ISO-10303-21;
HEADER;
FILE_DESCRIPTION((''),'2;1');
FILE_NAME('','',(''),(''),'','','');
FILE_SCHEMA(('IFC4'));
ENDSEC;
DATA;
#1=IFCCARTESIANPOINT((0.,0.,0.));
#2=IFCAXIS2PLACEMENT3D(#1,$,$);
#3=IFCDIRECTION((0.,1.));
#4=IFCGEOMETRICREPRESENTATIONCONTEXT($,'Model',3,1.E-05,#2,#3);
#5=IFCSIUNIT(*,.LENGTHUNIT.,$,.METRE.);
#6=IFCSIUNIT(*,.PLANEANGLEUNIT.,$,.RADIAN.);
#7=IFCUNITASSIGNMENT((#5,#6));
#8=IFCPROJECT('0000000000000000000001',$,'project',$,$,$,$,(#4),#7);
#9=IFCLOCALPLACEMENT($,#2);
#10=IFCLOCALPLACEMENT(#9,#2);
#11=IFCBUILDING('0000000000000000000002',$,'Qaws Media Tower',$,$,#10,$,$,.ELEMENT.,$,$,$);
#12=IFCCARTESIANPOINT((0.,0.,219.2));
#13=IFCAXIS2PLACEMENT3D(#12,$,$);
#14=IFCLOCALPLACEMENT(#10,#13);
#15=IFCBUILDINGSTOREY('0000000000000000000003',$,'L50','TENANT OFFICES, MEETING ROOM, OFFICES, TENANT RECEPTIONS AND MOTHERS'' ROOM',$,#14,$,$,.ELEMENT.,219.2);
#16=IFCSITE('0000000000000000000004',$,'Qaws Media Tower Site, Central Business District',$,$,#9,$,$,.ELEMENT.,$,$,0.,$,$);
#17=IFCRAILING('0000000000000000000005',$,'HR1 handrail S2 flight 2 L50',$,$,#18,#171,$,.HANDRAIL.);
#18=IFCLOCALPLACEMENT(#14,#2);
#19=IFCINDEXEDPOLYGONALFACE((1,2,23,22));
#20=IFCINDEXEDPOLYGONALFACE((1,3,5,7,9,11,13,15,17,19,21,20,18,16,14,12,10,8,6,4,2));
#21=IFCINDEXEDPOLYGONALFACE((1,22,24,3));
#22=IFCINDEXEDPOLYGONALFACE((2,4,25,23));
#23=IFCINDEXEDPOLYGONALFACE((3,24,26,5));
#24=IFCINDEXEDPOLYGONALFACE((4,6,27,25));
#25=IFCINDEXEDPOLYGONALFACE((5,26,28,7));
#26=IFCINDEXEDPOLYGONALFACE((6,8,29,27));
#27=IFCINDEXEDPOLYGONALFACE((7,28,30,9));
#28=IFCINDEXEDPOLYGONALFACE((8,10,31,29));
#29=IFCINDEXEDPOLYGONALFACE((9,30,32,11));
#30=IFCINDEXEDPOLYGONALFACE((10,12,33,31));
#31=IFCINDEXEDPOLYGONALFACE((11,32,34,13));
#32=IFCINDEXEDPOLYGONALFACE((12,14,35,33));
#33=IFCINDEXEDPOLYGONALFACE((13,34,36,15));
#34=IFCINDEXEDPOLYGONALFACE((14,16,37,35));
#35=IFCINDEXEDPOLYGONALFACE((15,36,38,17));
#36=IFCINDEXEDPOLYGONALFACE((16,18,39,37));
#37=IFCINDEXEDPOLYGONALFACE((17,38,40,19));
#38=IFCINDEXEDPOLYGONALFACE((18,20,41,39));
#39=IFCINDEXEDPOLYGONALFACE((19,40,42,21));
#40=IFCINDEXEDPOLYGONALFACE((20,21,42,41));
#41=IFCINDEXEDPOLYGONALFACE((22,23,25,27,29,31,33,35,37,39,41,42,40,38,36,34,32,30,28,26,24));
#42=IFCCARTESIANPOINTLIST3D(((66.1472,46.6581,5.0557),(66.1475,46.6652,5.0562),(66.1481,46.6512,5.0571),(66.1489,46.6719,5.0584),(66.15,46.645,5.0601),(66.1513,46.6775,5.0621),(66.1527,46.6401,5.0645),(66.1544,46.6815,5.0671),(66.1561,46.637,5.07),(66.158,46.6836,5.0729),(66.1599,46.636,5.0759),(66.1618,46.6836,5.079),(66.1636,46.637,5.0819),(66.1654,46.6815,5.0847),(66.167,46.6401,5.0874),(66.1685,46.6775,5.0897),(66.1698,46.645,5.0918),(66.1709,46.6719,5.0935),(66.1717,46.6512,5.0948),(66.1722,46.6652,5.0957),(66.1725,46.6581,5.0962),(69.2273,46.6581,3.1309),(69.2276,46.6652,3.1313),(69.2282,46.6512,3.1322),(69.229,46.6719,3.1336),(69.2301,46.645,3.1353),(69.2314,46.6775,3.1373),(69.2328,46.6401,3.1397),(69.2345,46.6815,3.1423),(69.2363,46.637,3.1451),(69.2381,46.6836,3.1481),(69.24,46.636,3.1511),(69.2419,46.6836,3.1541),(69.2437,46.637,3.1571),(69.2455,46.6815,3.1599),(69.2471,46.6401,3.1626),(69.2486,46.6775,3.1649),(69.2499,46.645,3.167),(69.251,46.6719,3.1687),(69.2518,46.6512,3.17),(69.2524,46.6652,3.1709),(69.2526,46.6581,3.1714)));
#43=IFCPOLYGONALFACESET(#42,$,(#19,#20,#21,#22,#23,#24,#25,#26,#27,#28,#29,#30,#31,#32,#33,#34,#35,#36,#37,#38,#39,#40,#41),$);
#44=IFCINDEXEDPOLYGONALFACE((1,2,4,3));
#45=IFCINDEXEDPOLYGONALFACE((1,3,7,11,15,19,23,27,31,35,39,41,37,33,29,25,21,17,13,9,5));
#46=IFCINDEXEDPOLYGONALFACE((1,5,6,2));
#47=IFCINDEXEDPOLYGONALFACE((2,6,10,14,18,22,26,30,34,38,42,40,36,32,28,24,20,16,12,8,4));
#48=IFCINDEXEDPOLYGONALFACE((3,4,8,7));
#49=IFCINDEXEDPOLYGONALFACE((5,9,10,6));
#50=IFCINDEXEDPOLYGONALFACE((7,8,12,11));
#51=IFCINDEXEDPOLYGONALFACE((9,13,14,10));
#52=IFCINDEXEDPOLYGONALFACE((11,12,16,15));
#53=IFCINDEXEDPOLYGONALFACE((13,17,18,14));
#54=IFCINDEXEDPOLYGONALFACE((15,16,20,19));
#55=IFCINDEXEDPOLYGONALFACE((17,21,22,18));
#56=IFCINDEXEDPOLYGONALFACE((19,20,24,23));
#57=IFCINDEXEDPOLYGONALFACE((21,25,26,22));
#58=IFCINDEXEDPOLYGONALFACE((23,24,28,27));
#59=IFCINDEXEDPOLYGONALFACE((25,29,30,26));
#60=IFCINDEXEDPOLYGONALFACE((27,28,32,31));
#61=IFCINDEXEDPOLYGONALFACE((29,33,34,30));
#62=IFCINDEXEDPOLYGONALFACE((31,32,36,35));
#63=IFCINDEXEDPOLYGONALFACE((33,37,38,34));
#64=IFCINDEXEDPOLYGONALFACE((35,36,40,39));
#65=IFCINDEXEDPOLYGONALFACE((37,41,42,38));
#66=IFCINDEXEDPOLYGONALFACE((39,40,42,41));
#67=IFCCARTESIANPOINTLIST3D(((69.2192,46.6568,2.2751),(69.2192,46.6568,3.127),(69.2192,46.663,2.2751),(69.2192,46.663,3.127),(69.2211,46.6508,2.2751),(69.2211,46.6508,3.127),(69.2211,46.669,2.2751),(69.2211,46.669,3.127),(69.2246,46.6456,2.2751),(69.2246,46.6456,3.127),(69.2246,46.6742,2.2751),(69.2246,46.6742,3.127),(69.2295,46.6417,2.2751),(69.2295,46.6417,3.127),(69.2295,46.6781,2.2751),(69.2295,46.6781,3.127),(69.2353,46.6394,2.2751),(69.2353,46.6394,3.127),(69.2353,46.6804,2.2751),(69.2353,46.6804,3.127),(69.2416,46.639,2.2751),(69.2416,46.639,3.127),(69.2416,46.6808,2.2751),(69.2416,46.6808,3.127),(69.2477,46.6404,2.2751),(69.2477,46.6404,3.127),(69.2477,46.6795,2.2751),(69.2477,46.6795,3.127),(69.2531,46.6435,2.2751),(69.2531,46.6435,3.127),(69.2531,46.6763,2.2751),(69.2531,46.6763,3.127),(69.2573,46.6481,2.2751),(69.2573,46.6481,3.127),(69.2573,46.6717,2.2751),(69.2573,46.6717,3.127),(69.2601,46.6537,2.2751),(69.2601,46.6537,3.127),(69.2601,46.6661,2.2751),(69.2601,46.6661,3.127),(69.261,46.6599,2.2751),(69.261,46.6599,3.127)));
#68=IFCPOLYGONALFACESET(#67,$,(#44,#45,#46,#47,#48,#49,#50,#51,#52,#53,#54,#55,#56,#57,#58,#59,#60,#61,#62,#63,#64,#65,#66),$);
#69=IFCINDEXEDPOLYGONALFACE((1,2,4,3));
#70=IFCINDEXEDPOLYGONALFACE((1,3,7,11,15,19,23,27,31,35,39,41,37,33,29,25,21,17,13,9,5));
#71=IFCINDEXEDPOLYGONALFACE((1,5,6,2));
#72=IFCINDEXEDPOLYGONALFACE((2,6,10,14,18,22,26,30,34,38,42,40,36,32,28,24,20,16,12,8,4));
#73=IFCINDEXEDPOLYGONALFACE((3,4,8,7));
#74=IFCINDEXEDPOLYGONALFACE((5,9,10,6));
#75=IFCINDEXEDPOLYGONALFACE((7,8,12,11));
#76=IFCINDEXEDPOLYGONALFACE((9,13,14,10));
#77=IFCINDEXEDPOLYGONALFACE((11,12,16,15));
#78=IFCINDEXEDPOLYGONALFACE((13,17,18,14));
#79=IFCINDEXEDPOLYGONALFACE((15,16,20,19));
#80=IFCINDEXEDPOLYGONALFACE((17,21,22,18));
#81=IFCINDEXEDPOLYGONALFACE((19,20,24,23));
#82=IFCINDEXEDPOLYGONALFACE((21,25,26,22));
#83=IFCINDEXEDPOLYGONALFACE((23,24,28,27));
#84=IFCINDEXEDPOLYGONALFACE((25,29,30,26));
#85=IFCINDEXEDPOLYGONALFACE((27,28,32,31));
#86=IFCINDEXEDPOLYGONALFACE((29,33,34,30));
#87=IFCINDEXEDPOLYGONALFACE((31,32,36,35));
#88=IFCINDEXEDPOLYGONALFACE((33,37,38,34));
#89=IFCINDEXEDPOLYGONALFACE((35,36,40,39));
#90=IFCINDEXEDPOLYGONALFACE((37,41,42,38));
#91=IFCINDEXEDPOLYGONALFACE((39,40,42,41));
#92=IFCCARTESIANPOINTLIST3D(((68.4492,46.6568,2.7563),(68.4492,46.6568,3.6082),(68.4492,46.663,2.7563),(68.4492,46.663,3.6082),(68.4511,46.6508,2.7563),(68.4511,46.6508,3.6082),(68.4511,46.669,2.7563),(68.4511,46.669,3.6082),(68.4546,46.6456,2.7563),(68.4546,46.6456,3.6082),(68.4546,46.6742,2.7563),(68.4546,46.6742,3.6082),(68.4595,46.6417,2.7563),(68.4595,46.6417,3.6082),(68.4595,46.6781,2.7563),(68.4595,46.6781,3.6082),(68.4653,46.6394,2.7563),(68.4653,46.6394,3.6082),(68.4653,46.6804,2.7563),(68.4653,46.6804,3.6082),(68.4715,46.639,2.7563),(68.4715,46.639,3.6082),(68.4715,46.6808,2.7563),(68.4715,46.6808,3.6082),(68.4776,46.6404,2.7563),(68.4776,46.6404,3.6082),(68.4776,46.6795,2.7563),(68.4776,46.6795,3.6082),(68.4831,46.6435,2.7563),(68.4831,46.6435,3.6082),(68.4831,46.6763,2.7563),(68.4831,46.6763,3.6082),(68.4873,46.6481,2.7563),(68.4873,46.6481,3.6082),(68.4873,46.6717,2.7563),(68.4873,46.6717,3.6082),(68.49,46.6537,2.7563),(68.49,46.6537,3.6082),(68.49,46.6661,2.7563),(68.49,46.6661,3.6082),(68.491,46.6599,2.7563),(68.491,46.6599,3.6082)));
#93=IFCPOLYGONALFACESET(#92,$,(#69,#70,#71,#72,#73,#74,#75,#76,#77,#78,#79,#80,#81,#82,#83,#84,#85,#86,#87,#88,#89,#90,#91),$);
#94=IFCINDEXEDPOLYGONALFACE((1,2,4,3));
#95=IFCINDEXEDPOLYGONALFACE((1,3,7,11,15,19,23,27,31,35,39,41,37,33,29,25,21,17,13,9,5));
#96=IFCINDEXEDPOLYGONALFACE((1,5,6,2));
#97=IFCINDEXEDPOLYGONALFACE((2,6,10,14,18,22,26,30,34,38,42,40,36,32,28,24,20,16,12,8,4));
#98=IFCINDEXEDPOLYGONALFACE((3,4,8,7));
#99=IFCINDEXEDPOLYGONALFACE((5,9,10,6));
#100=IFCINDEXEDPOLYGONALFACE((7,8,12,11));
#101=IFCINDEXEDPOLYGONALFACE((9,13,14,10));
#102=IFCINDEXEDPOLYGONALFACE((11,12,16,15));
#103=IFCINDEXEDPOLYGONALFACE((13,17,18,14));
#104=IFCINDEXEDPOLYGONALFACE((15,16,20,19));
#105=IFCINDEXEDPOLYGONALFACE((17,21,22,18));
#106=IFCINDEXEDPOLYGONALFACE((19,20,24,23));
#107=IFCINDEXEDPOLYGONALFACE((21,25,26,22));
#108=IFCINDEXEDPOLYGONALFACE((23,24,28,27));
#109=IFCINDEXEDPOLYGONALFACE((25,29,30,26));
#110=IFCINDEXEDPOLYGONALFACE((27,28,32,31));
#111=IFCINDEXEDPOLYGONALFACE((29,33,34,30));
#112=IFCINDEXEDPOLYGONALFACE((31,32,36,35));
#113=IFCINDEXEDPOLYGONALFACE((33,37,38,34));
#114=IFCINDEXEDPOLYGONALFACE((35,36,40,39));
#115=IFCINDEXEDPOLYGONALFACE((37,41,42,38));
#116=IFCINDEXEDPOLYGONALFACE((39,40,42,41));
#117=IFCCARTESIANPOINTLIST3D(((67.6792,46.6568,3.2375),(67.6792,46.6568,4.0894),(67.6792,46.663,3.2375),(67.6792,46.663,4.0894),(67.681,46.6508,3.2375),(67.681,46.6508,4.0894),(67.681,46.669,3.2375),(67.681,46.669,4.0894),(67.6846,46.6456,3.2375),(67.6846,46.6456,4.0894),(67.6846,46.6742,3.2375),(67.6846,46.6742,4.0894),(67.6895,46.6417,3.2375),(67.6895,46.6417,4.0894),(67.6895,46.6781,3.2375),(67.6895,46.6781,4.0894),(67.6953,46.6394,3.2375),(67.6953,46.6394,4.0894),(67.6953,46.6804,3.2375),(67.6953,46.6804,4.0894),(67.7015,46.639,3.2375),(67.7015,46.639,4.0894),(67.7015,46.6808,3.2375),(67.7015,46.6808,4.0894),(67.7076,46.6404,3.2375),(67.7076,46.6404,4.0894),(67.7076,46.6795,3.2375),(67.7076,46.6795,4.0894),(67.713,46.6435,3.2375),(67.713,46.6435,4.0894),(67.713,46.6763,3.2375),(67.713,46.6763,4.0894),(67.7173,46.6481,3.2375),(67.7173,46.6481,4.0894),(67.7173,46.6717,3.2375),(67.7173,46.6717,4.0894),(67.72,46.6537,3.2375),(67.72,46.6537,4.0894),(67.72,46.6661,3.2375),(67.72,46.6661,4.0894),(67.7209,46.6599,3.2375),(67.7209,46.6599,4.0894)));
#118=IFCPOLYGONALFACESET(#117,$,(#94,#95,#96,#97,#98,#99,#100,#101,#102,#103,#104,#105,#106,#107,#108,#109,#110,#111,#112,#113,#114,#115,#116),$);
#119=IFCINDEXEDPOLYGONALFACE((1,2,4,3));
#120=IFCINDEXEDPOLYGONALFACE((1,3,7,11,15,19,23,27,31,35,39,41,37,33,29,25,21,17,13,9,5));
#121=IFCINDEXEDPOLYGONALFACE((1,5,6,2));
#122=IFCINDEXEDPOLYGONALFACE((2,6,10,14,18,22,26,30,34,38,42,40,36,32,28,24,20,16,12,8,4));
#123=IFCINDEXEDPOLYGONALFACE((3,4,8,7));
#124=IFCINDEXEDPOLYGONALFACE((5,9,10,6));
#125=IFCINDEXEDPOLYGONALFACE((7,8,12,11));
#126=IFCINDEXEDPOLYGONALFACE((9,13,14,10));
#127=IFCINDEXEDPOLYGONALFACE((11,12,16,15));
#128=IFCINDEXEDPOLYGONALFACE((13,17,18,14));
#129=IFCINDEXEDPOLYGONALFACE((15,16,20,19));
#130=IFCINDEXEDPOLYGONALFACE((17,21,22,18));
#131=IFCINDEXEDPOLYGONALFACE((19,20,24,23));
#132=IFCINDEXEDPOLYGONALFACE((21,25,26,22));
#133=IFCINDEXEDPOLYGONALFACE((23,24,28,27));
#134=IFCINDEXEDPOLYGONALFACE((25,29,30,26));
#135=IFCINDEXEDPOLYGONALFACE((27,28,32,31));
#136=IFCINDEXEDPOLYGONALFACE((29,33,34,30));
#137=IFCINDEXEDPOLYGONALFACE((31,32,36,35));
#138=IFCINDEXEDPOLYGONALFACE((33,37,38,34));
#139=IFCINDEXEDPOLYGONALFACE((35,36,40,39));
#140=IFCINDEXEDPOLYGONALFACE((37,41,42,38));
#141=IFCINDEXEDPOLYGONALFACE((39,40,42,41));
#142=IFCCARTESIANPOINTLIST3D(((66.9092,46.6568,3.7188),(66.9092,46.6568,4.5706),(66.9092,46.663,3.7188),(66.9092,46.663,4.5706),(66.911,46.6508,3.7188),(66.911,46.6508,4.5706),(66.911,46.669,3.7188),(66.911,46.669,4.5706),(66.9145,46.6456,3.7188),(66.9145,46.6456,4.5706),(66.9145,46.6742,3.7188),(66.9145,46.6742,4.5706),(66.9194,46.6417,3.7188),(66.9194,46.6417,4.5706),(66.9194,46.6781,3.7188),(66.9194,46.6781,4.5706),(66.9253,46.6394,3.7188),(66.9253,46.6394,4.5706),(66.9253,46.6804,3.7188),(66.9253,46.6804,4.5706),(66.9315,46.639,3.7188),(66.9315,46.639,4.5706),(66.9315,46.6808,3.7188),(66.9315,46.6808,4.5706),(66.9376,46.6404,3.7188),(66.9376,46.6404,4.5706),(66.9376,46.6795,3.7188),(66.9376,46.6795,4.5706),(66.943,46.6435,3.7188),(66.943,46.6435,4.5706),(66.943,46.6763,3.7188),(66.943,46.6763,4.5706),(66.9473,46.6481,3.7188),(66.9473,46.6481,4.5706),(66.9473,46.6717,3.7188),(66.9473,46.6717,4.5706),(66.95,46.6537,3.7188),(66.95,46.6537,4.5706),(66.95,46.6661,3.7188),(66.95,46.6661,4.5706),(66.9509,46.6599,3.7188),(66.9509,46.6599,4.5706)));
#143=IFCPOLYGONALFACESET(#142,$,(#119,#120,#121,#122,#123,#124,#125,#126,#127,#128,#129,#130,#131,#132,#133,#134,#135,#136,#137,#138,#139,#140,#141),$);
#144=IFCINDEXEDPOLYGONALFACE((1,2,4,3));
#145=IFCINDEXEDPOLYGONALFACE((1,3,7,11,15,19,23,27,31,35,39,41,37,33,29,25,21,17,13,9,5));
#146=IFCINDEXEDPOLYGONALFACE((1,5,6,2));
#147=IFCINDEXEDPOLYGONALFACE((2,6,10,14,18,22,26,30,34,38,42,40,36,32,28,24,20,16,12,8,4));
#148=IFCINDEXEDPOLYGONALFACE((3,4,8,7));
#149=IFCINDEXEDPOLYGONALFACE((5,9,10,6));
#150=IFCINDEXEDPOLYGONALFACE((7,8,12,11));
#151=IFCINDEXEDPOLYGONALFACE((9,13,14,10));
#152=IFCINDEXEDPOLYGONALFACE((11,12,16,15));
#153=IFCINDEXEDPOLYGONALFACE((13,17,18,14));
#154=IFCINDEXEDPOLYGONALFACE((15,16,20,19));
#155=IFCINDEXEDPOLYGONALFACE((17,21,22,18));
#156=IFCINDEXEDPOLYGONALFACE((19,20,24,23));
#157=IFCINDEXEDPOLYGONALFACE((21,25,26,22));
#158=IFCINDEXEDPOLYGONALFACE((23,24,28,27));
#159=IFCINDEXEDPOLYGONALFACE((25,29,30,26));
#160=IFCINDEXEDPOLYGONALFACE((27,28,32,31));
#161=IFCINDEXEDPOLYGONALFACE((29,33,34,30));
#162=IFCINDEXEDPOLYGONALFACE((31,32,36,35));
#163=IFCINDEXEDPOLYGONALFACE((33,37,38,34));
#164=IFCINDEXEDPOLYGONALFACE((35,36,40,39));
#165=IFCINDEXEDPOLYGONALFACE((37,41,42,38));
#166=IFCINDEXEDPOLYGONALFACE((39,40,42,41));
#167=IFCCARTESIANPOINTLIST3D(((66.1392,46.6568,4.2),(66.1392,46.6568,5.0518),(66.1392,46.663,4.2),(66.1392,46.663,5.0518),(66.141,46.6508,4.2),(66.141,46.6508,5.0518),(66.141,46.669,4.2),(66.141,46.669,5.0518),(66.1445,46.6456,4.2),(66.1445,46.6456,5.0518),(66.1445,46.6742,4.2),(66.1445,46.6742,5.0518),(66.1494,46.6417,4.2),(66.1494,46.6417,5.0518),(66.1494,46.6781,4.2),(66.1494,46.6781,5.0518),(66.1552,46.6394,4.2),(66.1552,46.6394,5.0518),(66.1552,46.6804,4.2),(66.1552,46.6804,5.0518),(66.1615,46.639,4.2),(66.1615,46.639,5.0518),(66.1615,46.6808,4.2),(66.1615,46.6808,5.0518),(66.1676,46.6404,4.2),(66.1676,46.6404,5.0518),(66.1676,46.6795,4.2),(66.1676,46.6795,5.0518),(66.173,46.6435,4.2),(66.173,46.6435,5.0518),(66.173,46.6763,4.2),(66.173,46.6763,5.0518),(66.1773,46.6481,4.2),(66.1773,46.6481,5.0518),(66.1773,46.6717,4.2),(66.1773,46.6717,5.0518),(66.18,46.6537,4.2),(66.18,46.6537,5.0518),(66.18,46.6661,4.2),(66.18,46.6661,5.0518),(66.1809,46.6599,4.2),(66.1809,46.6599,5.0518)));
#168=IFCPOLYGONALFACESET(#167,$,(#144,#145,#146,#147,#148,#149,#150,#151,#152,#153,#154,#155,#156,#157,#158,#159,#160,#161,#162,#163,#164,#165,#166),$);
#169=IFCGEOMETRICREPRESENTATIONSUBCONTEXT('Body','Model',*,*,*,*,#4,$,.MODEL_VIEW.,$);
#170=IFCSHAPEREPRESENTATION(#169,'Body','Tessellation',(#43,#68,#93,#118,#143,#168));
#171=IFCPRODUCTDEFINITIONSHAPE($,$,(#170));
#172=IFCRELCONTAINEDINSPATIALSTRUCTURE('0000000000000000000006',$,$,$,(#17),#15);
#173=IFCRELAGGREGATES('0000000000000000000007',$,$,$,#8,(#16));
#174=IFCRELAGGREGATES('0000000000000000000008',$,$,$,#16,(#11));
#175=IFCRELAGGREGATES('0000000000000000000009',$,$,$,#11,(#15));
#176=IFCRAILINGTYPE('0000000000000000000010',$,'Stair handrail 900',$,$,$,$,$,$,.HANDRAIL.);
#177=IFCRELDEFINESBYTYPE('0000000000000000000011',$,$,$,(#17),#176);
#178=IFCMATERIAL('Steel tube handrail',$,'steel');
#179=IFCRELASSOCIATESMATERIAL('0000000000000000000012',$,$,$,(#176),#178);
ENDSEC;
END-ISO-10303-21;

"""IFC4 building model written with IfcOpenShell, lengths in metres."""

from ifc_helpers import new_model, si_unit, direction, frame, origin, origin_2d, place, context, subcontext, project, spatial, circle, extrude, material, type_object, element, save


model = new_model("IFC4")

# Units and contexts
model_context = context("Model", 3, precision=1e-05, world=origin(), true_north=direction((0.0, 1.0)))
body_context = subcontext(model_context, "Body", "Model", "MODEL_VIEW")
ifc_project = project(units=[si_unit("LENGTHUNIT", "METRE"), si_unit("PLANEANGLEUNIT", "RADIAN")], contexts=[model_context])

# Site, building, storey
site_placement = place(None, origin())
site = spatial("IfcSite", under=ifc_project, at=site_placement, Name="Qaws Media Tower Site, Central Business District", CompositionType="ELEMENT", RefElevation=0.0)
building_placement = place(site_placement, origin())
building = spatial("IfcBuilding", under=site, at=building_placement, Name="Qaws Media Tower", CompositionType="ELEMENT")
storey_placement = place(building_placement, frame((0.0, 0.0, 219.2)))
storey = spatial("IfcBuildingStorey", under=building, at=storey_placement, Name="L50", Description="TENANT OFFICES, MEETING ROOM, OFFICES, TENANT RECEPTIONS AND MOTHERS' ROOM", CompositionType="ELEMENT", Elevation=219.2)

# Railing
ifc_material_1 = material(Name="Steel tube handrail", Category="steel")
railing_type = type_object("IfcRailingType", Name="Stair handrail 900", PredefinedType="HANDRAIL", material=ifc_material_1)
for number, where, name in (
    (1, (69.24, 46.6599, 2.2751), "HR1 handrail S2 flight 2 L50"),
):
    element("IfcRailing", number, at=place(storey_placement, frame(where)), inside=storey, type_object=railing_type, Name=name, PredefinedType="HANDRAIL", context=body_context, shape_type="SweptSolid", body=[
        extrude(circle(Radius=0.0239, at=origin_2d()), frame((0.0, 0.0, 0.876), z_axis=(-0.848029, 0.0, 0.529951), x_axis=(0.0, -1.0, 0.0)), (0.0, 0.0, 1.0), 3.6321),
        extrude(circle(Radius=0.021, at=origin_2d()), origin(), (0.0, 0.0, 1.0), 0.8518),
        extrude(circle(Radius=0.021, at=origin_2d()), frame((-0.77, 0.0, 0.4812)), (0.0, 0.0, 1.0), 0.8518),
        extrude(circle(Radius=0.021, at=origin_2d()), frame((-1.54, 0.0, 0.9624)), (0.0, 0.0, 1.0), 0.8518),
        extrude(circle(Radius=0.021, at=origin_2d()), frame((-2.3101, 0.0, 1.4436)), (0.0, 0.0, 1.0), 0.8518),
        extrude(circle(Radius=0.021, at=origin_2d()), frame((-3.0801, 0.0, 1.9248)), (0.0, 0.0, 1.0), 0.8518),
    ])

save(model, "model.ifc")
